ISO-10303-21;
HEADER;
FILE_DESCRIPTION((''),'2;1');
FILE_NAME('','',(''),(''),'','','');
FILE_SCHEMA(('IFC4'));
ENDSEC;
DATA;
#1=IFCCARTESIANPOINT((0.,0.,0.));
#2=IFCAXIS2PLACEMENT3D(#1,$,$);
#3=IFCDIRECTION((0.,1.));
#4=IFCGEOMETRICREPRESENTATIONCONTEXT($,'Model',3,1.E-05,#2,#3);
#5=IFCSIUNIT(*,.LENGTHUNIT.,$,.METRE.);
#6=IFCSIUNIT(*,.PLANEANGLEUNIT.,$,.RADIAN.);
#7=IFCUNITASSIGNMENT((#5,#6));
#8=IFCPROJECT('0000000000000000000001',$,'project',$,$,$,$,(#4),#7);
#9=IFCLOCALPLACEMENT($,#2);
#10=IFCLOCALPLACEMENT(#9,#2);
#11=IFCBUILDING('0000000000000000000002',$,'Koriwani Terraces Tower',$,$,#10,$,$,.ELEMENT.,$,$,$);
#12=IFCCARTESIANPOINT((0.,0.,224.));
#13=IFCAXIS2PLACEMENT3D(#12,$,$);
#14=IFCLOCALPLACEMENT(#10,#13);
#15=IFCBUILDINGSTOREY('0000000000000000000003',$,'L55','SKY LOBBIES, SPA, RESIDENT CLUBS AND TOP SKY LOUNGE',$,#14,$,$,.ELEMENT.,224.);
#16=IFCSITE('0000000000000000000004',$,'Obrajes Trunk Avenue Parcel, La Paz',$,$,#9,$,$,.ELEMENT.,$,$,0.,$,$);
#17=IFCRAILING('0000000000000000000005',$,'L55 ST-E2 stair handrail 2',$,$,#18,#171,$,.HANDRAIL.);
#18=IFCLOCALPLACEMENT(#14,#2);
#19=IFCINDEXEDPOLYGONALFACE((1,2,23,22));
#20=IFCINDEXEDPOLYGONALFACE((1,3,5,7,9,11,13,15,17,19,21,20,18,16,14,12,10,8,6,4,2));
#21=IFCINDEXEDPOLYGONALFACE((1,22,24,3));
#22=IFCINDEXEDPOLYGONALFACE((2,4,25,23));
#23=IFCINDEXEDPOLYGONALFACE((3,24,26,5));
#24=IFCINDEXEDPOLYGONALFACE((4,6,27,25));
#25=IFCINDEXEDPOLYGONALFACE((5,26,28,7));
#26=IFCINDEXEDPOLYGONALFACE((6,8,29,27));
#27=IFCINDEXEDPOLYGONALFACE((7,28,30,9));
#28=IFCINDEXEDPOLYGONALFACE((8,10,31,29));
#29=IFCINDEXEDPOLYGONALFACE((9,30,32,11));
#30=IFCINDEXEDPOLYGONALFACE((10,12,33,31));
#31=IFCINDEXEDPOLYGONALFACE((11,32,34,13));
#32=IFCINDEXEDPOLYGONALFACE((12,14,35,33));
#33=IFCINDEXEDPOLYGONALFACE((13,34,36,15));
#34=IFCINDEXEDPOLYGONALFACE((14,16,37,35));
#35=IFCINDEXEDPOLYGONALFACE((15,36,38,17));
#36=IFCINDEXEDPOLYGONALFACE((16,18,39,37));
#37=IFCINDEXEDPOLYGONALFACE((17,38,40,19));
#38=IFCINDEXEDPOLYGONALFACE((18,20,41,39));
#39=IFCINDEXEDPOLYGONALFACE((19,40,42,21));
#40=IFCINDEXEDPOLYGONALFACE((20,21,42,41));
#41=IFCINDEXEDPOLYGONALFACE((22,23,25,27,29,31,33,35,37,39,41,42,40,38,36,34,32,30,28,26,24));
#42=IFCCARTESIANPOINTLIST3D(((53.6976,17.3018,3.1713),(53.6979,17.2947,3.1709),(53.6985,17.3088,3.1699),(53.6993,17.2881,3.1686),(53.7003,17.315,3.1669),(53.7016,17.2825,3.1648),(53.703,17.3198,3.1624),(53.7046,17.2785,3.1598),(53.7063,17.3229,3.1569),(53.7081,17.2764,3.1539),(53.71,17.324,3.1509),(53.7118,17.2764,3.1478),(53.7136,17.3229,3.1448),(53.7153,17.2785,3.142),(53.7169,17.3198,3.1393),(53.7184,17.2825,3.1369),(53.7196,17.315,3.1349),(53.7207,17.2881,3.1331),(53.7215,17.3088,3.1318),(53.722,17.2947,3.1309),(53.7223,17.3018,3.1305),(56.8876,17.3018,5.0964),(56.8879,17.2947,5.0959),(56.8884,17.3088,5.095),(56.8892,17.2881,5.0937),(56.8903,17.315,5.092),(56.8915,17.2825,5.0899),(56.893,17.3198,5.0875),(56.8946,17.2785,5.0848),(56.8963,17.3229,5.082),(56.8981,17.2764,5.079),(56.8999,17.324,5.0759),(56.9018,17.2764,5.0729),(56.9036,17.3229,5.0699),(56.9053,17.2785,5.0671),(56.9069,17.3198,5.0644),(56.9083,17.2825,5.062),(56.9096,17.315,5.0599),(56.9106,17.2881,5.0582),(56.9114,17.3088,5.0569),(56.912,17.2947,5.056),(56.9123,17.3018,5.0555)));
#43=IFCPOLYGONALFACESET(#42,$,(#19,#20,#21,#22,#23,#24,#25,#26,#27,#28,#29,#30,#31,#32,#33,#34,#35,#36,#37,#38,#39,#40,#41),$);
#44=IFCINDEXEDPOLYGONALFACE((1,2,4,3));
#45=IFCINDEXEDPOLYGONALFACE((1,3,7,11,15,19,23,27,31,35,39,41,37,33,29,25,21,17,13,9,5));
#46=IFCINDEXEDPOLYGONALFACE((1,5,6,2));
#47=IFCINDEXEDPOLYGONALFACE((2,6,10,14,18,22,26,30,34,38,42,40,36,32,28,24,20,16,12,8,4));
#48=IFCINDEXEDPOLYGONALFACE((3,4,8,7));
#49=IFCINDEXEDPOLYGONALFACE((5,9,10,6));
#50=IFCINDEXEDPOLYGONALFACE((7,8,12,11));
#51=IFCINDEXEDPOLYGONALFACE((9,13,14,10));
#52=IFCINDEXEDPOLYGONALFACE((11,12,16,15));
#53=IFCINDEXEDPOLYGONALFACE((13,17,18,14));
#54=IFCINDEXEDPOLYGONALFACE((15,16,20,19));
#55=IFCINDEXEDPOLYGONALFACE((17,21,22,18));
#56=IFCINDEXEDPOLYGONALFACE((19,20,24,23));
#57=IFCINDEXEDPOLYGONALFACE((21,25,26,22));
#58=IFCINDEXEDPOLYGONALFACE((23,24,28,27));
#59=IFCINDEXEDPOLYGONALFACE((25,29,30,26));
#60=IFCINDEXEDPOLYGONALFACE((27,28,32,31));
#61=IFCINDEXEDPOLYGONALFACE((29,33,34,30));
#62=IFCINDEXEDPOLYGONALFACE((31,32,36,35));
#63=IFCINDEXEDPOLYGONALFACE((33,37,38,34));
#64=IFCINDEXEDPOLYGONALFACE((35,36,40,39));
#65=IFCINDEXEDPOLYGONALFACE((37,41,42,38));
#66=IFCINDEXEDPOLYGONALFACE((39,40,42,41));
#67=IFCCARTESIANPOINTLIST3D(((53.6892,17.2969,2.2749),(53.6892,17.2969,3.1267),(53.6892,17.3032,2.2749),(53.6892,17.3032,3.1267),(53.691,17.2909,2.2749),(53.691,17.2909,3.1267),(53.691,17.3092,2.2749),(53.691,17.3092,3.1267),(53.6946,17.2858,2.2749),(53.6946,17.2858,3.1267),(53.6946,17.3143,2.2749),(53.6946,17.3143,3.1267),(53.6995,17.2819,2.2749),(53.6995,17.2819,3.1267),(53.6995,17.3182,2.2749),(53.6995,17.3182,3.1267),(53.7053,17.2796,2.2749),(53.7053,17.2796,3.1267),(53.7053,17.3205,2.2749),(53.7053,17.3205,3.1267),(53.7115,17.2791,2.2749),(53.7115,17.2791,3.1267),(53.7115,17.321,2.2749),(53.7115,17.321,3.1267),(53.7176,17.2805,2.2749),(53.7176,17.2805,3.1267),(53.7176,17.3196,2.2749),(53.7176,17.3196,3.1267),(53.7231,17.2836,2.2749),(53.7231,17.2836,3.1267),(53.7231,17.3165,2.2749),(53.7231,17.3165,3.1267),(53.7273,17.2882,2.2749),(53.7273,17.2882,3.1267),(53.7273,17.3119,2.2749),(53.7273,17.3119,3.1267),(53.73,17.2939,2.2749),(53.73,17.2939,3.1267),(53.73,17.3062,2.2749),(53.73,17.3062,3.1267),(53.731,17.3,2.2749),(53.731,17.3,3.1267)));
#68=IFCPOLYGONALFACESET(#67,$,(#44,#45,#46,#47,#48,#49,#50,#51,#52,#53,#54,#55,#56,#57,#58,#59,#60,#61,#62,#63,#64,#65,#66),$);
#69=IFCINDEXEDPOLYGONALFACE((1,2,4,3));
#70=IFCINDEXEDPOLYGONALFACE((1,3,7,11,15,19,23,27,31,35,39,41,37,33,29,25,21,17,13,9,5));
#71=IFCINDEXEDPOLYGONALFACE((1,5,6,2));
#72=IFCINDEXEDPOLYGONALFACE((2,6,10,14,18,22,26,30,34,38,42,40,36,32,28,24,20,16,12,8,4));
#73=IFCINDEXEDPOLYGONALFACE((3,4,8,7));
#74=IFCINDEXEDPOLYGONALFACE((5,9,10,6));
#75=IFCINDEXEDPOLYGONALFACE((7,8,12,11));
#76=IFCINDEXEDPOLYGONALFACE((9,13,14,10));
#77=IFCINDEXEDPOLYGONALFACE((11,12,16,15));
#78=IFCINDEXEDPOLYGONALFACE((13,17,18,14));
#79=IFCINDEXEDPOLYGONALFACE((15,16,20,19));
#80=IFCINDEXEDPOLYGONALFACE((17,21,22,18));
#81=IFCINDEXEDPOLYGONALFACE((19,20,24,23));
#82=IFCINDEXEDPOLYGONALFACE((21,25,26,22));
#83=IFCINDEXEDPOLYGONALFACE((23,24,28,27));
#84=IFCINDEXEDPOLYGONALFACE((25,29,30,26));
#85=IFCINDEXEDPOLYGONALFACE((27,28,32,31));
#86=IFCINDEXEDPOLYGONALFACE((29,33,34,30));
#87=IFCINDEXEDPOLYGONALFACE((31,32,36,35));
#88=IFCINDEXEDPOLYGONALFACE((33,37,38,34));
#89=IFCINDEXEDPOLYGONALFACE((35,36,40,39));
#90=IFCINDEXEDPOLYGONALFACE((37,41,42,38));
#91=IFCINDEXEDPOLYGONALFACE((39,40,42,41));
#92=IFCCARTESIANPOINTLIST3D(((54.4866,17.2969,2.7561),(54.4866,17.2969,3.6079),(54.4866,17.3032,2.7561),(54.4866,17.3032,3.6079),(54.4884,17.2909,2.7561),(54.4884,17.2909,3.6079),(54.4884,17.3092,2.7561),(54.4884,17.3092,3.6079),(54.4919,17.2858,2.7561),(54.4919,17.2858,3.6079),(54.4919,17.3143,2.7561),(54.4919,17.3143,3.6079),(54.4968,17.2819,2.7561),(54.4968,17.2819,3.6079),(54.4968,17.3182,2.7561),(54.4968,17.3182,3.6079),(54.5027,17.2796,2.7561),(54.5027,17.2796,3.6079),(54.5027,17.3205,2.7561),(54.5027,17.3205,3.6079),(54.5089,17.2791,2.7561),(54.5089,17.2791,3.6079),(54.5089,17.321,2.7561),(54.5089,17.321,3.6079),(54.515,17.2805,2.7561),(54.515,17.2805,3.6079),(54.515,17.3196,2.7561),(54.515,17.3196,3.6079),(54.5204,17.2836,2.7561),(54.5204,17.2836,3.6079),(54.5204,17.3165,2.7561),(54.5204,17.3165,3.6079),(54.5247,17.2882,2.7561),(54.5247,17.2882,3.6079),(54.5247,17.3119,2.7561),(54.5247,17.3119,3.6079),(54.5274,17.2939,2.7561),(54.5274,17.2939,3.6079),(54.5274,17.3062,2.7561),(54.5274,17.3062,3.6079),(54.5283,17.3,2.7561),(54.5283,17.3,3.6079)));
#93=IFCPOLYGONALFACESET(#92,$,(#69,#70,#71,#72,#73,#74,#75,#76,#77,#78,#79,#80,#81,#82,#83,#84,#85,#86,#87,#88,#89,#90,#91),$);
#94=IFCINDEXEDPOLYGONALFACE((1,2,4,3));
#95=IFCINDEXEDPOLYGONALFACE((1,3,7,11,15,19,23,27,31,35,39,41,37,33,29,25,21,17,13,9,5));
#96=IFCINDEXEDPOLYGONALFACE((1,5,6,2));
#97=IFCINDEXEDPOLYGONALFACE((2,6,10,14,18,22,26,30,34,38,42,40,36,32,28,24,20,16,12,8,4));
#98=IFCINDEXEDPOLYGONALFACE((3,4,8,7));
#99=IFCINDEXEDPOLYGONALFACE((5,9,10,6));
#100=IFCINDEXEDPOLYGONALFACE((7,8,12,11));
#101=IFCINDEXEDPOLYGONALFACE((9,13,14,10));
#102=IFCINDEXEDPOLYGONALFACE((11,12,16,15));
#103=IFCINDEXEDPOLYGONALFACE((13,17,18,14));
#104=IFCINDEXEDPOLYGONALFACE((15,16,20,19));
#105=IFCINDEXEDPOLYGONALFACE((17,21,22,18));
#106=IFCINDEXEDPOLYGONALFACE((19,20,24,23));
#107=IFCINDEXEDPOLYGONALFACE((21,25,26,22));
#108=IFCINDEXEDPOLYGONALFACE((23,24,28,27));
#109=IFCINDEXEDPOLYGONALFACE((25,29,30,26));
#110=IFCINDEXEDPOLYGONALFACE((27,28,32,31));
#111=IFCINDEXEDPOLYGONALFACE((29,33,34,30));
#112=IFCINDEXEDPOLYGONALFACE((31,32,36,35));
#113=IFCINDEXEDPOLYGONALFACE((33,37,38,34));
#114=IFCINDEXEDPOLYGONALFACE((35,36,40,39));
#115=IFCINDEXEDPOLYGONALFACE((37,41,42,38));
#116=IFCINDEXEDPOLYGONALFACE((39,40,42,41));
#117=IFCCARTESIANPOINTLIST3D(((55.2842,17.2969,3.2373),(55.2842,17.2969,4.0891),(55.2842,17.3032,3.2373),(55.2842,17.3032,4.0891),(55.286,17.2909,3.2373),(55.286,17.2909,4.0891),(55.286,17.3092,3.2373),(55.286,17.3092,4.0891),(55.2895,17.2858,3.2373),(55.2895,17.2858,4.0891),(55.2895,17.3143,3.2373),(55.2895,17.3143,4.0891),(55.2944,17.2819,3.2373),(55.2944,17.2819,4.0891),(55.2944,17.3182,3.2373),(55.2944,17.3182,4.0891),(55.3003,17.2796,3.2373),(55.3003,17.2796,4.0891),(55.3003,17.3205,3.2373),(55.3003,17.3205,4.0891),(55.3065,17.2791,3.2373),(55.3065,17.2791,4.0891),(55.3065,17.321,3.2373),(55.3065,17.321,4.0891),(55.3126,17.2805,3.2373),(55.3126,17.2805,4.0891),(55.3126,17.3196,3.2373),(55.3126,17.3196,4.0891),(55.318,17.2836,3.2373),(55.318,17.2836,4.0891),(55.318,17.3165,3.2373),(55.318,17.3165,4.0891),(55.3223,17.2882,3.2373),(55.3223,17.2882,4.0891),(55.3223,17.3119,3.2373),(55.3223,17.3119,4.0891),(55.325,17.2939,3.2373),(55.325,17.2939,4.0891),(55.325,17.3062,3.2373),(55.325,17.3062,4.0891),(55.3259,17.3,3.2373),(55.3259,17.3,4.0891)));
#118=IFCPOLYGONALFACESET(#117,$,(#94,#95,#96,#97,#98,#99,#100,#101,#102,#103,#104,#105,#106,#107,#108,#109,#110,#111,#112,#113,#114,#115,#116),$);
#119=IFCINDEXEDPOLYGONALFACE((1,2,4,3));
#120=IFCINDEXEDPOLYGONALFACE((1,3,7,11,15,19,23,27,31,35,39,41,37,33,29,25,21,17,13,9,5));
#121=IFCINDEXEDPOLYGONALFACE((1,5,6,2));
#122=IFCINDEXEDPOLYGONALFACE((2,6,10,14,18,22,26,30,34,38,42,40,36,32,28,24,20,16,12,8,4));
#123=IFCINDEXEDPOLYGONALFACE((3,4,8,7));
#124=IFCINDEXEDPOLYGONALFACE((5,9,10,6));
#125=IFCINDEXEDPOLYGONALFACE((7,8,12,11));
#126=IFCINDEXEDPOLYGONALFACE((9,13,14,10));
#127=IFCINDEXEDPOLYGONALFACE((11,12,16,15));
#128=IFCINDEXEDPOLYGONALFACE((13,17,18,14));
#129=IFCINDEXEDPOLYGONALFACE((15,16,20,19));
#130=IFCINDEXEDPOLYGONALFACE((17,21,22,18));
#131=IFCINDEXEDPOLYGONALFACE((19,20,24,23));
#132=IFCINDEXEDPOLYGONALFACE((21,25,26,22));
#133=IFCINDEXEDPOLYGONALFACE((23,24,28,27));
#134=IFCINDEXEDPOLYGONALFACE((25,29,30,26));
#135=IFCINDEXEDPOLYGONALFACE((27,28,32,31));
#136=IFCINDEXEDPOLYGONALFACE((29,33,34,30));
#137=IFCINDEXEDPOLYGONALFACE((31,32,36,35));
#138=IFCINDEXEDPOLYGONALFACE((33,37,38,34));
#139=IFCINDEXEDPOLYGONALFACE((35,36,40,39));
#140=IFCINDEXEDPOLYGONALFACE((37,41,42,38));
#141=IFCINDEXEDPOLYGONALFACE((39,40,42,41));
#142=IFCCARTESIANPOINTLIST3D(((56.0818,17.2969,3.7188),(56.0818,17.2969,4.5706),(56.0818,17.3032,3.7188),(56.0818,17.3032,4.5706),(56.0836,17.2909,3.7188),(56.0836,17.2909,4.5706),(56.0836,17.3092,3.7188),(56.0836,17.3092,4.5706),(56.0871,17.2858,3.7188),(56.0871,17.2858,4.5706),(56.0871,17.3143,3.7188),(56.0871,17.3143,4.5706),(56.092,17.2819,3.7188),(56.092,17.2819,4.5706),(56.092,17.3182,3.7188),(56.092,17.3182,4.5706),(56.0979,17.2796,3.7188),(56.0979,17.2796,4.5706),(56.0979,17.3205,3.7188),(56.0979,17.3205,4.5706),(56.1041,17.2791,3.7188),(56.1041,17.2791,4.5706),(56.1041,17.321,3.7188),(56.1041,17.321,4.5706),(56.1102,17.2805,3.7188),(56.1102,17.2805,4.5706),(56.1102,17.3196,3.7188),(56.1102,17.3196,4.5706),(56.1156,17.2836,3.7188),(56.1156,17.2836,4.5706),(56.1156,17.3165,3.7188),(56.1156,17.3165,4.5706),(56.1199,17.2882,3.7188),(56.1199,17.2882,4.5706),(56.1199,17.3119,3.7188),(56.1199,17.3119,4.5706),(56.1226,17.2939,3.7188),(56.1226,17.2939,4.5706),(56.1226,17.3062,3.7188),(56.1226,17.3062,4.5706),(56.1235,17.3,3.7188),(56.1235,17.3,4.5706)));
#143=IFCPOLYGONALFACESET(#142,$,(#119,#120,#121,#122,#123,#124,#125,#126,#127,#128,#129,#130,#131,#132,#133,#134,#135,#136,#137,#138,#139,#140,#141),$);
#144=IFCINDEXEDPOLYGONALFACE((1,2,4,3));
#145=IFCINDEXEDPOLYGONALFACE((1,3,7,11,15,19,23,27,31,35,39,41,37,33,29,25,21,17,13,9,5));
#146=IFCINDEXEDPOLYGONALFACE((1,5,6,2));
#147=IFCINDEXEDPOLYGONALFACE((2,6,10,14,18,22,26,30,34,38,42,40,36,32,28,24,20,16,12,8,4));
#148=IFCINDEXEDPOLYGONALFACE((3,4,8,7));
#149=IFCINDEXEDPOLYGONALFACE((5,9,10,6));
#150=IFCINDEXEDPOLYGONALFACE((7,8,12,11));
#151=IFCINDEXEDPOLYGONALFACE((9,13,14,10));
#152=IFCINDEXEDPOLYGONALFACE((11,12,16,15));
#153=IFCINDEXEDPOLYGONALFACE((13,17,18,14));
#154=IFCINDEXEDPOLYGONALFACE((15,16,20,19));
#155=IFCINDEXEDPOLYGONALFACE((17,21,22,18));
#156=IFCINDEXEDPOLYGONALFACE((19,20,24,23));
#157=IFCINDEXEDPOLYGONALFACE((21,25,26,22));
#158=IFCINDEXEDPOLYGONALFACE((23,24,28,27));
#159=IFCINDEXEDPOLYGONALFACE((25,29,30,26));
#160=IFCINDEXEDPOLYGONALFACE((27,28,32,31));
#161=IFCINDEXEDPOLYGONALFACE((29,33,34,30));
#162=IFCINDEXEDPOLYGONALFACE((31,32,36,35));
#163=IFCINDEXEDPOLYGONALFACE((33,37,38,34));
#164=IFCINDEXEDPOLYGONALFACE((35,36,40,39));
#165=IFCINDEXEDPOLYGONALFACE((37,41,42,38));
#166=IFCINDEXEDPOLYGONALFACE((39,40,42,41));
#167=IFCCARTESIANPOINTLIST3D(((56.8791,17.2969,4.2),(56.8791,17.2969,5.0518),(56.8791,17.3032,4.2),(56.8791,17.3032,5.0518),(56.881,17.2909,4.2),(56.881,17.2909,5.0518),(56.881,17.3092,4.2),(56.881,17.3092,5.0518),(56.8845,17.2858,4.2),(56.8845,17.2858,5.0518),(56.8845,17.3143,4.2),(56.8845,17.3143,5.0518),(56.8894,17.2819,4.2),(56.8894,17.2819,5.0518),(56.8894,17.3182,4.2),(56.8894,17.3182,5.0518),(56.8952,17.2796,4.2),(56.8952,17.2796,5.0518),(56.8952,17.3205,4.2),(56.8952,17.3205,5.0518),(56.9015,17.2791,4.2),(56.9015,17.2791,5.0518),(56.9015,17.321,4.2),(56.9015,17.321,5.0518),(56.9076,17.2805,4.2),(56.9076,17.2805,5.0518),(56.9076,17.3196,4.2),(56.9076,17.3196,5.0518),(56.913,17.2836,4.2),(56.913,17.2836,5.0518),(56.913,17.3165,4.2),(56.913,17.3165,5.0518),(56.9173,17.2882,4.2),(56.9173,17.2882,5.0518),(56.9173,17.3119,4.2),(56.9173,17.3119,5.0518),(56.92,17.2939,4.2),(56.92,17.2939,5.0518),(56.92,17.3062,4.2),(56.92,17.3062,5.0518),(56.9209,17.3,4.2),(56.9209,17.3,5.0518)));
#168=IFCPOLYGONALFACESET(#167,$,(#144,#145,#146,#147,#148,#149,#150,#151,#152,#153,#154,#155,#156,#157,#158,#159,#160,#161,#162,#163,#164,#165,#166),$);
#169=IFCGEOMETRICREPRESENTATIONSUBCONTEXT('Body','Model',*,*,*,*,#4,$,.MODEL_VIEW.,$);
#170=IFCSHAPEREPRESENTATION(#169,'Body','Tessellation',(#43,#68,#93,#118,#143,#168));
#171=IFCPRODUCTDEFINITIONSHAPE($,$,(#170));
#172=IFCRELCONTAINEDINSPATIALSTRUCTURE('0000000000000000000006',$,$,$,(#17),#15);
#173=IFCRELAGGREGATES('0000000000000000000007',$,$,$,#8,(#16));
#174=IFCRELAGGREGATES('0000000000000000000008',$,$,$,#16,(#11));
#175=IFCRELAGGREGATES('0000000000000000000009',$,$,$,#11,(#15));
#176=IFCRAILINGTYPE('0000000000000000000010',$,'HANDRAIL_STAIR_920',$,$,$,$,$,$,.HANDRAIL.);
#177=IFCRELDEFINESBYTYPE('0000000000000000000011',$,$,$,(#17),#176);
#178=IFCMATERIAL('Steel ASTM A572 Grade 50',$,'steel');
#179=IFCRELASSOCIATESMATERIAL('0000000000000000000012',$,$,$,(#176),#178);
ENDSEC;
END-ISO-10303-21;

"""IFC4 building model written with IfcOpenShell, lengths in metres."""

from ifc_helpers import new_model, si_unit, direction, frame, origin, origin_2d, place, context, subcontext, project, spatial, circle, extrude, material, type_object, element, save


model = new_model("IFC4")

# Units and contexts
model_context = context("Model", 3, precision=1e-05, world=origin(), true_north=direction((0.0, 1.0)))
body_context = subcontext(model_context, "Body", "Model", "MODEL_VIEW")
ifc_project = project(units=[si_unit("LENGTHUNIT", "METRE"), si_unit("PLANEANGLEUNIT", "RADIAN")], contexts=[model_context])

# Site, building, storey
site_placement = place(None, origin())
site = spatial("IfcSite", under=ifc_project, at=site_placement, Name="Obrajes Trunk Avenue Parcel, La Paz", CompositionType="ELEMENT", RefElevation=0.0)
building_placement = place(site_placement, origin())
building = spatial("IfcBuilding", under=site, at=building_placement, Name="Koriwani Terraces Tower", CompositionType="ELEMENT")
storey_placement = place(building_placement, frame((0.0, 0.0, 224.0)))
storey = spatial("IfcBuildingStorey", under=building, at=storey_placement, Name="L55", Description="SKY LOBBIES, SPA, RESIDENT CLUBS AND TOP SKY LOUNGE", CompositionType="ELEMENT", Elevation=224.0)

# Shared definitions
ifc_material_1 = material(Name="Steel ASTM A572 Grade 50", Category="steel")

# Railing
railing_type_1 = type_object("IfcRailingType", Name="HANDRAIL_STAIR_920", PredefinedType="HANDRAIL", material=ifc_material_1)
railing_1_placement = place(storey_placement, frame((53.71, 17.3, 2.2749)))
element("IfcRailing", 1, at=railing_1_placement, inside=storey, type_object=railing_type_1, Name="L55 ST-E2 stair handrail 2", PredefinedType="HANDRAIL", context=body_context, shape_type="SweptSolid", body=[
    extrude(circle(Radius=0.0239, at=origin_2d()), frame((0.0, 0.0, 0.876), z_axis=(0.856178, 0.0, 0.516682), x_axis=(0.0, 1.0, 0.0)), (0.0, 0.0, 1.0), 3.7258),
    extrude(circle(Radius=0.021, at=origin_2d()), origin(), (0.0, 0.0, 1.0), 0.8518),
    extrude(circle(Radius=0.021, at=origin_2d()), frame((0.7974, 0.0, 0.4812)), (0.0, 0.0, 1.0), 0.8518),
    extrude(circle(Radius=0.021, at=origin_2d()), frame((1.595, 0.0, 0.9624)), (0.0, 0.0, 1.0), 0.8518),
    extrude(circle(Radius=0.021, at=origin_2d()), frame((2.3926, 0.0, 1.4438)), (0.0, 0.0, 1.0), 0.8518),
    extrude(circle(Radius=0.021, at=origin_2d()), frame((3.1899, 0.0, 1.925)), (0.0, 0.0, 1.0), 0.8518),
])

save(model, "model.ifc")
